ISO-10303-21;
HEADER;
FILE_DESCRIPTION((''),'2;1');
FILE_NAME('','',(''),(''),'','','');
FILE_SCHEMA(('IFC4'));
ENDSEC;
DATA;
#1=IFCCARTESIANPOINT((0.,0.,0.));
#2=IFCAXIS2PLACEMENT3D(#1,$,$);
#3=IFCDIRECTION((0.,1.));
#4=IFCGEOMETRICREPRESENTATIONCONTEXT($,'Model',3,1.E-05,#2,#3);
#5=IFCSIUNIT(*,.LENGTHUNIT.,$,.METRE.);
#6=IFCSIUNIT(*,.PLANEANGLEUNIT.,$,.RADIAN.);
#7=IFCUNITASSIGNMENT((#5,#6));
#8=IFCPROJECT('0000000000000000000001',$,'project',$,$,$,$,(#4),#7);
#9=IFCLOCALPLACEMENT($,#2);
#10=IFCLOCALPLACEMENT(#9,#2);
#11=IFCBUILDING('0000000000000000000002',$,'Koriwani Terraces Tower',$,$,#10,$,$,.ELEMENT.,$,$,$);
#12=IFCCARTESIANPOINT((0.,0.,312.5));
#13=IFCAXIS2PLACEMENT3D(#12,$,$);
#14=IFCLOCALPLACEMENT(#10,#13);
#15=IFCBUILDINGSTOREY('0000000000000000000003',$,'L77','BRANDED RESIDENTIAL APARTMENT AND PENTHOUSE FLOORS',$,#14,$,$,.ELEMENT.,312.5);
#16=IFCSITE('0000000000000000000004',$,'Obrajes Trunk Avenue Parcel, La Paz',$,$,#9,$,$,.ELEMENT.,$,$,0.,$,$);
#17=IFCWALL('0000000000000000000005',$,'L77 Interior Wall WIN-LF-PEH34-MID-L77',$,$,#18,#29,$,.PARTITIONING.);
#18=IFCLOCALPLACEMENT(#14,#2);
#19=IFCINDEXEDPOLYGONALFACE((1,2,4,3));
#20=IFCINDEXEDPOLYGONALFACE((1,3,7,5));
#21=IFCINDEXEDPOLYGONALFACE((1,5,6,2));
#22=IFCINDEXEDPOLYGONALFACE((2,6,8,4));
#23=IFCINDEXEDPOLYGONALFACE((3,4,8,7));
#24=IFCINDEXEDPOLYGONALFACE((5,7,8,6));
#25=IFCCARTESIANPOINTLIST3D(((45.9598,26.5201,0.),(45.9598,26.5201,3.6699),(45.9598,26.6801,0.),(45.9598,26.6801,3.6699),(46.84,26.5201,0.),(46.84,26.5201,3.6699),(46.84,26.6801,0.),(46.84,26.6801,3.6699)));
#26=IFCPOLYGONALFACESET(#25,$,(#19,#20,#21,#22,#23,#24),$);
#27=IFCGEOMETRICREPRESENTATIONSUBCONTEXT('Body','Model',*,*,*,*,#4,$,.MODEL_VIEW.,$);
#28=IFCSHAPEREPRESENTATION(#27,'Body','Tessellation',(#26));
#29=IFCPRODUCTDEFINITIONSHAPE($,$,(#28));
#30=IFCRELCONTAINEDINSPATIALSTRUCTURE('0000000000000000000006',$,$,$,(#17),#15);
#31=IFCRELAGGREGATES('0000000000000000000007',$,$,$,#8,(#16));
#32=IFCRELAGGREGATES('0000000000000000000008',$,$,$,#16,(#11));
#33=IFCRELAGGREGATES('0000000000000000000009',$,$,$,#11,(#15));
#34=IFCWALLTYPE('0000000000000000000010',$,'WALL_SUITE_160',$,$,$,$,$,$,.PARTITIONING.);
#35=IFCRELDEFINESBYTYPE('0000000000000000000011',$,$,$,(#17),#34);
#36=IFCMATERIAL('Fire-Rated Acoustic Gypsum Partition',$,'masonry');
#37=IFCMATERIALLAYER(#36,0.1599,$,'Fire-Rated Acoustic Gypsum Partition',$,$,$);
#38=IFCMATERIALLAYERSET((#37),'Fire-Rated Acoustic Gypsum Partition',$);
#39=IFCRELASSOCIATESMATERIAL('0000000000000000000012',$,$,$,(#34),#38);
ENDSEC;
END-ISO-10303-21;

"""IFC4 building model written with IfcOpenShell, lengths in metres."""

from ifc_helpers import new_model, si_unit, direction, frame, frame_2d, origin, place, context, subcontext, project, spatial, rectangle, extrude, material, layer, layer_set, type_object, element, save


model = new_model("IFC4")

# Units and contexts
model_context = context("Model", 3, precision=1e-05, world=origin(), true_north=direction((0.0, 1.0)))
body_context = subcontext(model_context, "Body", "Model", "MODEL_VIEW")
ifc_project = project(units=[si_unit("LENGTHUNIT", "METRE"), si_unit("PLANEANGLEUNIT", "RADIAN")], contexts=[model_context])

# Site, building, storey
site_placement = place(None, origin())
site = spatial("IfcSite", under=ifc_project, at=site_placement, Name="Obrajes Trunk Avenue Parcel, La Paz", CompositionType="ELEMENT", RefElevation=0.0)
building_placement = place(site_placement, origin())
building = spatial("IfcBuilding", under=site, at=building_placement, Name="Koriwani Terraces Tower", CompositionType="ELEMENT")
storey_placement = place(building_placement, frame((0.0, 0.0, 312.5)))
storey = spatial("IfcBuildingStorey", under=building, at=storey_placement, Name="L77", Description="BRANDED RESIDENTIAL APARTMENT AND PENTHOUSE FLOORS", CompositionType="ELEMENT", Elevation=312.5)

# Shared definitions
ifc_material_1 = material(Name="Fire-Rated Acoustic Gypsum Partition", Category="masonry")
ifc_layer_1 = layer(ifc_material_1, 0.1599, Name="Fire-Rated Acoustic Gypsum Partition")
ifc_layer_set_1 = layer_set([ifc_layer_1], Name="Fire-Rated Acoustic Gypsum Partition")
wall_type_1 = type_object("IfcWallType", Name="WALL_SUITE_160", PredefinedType="PARTITIONING", material=ifc_layer_set_1)

# Wall
wall_1_placement = place(storey_placement, frame((45.96, 26.6001, 0.0), z_axis=(0.0, 0.0, 1.0), x_axis=(1.0, 0.0, 0.0)))
element("IfcWall", 1, at=wall_1_placement, inside=storey, type_object=wall_type_1, Name="L77 Interior Wall WIN-LF-PEH34-MID-L77", PredefinedType="PARTITIONING", context=body_context, shape_type="SweptSolid", body=[
    extrude(rectangle(XDim=0.8801, YDim=0.1599, at=frame_2d((0.4399, 0.0))), origin(), (0.0, 0.0, 1.0), 3.6699),
])

save(model, "model.ifc")
